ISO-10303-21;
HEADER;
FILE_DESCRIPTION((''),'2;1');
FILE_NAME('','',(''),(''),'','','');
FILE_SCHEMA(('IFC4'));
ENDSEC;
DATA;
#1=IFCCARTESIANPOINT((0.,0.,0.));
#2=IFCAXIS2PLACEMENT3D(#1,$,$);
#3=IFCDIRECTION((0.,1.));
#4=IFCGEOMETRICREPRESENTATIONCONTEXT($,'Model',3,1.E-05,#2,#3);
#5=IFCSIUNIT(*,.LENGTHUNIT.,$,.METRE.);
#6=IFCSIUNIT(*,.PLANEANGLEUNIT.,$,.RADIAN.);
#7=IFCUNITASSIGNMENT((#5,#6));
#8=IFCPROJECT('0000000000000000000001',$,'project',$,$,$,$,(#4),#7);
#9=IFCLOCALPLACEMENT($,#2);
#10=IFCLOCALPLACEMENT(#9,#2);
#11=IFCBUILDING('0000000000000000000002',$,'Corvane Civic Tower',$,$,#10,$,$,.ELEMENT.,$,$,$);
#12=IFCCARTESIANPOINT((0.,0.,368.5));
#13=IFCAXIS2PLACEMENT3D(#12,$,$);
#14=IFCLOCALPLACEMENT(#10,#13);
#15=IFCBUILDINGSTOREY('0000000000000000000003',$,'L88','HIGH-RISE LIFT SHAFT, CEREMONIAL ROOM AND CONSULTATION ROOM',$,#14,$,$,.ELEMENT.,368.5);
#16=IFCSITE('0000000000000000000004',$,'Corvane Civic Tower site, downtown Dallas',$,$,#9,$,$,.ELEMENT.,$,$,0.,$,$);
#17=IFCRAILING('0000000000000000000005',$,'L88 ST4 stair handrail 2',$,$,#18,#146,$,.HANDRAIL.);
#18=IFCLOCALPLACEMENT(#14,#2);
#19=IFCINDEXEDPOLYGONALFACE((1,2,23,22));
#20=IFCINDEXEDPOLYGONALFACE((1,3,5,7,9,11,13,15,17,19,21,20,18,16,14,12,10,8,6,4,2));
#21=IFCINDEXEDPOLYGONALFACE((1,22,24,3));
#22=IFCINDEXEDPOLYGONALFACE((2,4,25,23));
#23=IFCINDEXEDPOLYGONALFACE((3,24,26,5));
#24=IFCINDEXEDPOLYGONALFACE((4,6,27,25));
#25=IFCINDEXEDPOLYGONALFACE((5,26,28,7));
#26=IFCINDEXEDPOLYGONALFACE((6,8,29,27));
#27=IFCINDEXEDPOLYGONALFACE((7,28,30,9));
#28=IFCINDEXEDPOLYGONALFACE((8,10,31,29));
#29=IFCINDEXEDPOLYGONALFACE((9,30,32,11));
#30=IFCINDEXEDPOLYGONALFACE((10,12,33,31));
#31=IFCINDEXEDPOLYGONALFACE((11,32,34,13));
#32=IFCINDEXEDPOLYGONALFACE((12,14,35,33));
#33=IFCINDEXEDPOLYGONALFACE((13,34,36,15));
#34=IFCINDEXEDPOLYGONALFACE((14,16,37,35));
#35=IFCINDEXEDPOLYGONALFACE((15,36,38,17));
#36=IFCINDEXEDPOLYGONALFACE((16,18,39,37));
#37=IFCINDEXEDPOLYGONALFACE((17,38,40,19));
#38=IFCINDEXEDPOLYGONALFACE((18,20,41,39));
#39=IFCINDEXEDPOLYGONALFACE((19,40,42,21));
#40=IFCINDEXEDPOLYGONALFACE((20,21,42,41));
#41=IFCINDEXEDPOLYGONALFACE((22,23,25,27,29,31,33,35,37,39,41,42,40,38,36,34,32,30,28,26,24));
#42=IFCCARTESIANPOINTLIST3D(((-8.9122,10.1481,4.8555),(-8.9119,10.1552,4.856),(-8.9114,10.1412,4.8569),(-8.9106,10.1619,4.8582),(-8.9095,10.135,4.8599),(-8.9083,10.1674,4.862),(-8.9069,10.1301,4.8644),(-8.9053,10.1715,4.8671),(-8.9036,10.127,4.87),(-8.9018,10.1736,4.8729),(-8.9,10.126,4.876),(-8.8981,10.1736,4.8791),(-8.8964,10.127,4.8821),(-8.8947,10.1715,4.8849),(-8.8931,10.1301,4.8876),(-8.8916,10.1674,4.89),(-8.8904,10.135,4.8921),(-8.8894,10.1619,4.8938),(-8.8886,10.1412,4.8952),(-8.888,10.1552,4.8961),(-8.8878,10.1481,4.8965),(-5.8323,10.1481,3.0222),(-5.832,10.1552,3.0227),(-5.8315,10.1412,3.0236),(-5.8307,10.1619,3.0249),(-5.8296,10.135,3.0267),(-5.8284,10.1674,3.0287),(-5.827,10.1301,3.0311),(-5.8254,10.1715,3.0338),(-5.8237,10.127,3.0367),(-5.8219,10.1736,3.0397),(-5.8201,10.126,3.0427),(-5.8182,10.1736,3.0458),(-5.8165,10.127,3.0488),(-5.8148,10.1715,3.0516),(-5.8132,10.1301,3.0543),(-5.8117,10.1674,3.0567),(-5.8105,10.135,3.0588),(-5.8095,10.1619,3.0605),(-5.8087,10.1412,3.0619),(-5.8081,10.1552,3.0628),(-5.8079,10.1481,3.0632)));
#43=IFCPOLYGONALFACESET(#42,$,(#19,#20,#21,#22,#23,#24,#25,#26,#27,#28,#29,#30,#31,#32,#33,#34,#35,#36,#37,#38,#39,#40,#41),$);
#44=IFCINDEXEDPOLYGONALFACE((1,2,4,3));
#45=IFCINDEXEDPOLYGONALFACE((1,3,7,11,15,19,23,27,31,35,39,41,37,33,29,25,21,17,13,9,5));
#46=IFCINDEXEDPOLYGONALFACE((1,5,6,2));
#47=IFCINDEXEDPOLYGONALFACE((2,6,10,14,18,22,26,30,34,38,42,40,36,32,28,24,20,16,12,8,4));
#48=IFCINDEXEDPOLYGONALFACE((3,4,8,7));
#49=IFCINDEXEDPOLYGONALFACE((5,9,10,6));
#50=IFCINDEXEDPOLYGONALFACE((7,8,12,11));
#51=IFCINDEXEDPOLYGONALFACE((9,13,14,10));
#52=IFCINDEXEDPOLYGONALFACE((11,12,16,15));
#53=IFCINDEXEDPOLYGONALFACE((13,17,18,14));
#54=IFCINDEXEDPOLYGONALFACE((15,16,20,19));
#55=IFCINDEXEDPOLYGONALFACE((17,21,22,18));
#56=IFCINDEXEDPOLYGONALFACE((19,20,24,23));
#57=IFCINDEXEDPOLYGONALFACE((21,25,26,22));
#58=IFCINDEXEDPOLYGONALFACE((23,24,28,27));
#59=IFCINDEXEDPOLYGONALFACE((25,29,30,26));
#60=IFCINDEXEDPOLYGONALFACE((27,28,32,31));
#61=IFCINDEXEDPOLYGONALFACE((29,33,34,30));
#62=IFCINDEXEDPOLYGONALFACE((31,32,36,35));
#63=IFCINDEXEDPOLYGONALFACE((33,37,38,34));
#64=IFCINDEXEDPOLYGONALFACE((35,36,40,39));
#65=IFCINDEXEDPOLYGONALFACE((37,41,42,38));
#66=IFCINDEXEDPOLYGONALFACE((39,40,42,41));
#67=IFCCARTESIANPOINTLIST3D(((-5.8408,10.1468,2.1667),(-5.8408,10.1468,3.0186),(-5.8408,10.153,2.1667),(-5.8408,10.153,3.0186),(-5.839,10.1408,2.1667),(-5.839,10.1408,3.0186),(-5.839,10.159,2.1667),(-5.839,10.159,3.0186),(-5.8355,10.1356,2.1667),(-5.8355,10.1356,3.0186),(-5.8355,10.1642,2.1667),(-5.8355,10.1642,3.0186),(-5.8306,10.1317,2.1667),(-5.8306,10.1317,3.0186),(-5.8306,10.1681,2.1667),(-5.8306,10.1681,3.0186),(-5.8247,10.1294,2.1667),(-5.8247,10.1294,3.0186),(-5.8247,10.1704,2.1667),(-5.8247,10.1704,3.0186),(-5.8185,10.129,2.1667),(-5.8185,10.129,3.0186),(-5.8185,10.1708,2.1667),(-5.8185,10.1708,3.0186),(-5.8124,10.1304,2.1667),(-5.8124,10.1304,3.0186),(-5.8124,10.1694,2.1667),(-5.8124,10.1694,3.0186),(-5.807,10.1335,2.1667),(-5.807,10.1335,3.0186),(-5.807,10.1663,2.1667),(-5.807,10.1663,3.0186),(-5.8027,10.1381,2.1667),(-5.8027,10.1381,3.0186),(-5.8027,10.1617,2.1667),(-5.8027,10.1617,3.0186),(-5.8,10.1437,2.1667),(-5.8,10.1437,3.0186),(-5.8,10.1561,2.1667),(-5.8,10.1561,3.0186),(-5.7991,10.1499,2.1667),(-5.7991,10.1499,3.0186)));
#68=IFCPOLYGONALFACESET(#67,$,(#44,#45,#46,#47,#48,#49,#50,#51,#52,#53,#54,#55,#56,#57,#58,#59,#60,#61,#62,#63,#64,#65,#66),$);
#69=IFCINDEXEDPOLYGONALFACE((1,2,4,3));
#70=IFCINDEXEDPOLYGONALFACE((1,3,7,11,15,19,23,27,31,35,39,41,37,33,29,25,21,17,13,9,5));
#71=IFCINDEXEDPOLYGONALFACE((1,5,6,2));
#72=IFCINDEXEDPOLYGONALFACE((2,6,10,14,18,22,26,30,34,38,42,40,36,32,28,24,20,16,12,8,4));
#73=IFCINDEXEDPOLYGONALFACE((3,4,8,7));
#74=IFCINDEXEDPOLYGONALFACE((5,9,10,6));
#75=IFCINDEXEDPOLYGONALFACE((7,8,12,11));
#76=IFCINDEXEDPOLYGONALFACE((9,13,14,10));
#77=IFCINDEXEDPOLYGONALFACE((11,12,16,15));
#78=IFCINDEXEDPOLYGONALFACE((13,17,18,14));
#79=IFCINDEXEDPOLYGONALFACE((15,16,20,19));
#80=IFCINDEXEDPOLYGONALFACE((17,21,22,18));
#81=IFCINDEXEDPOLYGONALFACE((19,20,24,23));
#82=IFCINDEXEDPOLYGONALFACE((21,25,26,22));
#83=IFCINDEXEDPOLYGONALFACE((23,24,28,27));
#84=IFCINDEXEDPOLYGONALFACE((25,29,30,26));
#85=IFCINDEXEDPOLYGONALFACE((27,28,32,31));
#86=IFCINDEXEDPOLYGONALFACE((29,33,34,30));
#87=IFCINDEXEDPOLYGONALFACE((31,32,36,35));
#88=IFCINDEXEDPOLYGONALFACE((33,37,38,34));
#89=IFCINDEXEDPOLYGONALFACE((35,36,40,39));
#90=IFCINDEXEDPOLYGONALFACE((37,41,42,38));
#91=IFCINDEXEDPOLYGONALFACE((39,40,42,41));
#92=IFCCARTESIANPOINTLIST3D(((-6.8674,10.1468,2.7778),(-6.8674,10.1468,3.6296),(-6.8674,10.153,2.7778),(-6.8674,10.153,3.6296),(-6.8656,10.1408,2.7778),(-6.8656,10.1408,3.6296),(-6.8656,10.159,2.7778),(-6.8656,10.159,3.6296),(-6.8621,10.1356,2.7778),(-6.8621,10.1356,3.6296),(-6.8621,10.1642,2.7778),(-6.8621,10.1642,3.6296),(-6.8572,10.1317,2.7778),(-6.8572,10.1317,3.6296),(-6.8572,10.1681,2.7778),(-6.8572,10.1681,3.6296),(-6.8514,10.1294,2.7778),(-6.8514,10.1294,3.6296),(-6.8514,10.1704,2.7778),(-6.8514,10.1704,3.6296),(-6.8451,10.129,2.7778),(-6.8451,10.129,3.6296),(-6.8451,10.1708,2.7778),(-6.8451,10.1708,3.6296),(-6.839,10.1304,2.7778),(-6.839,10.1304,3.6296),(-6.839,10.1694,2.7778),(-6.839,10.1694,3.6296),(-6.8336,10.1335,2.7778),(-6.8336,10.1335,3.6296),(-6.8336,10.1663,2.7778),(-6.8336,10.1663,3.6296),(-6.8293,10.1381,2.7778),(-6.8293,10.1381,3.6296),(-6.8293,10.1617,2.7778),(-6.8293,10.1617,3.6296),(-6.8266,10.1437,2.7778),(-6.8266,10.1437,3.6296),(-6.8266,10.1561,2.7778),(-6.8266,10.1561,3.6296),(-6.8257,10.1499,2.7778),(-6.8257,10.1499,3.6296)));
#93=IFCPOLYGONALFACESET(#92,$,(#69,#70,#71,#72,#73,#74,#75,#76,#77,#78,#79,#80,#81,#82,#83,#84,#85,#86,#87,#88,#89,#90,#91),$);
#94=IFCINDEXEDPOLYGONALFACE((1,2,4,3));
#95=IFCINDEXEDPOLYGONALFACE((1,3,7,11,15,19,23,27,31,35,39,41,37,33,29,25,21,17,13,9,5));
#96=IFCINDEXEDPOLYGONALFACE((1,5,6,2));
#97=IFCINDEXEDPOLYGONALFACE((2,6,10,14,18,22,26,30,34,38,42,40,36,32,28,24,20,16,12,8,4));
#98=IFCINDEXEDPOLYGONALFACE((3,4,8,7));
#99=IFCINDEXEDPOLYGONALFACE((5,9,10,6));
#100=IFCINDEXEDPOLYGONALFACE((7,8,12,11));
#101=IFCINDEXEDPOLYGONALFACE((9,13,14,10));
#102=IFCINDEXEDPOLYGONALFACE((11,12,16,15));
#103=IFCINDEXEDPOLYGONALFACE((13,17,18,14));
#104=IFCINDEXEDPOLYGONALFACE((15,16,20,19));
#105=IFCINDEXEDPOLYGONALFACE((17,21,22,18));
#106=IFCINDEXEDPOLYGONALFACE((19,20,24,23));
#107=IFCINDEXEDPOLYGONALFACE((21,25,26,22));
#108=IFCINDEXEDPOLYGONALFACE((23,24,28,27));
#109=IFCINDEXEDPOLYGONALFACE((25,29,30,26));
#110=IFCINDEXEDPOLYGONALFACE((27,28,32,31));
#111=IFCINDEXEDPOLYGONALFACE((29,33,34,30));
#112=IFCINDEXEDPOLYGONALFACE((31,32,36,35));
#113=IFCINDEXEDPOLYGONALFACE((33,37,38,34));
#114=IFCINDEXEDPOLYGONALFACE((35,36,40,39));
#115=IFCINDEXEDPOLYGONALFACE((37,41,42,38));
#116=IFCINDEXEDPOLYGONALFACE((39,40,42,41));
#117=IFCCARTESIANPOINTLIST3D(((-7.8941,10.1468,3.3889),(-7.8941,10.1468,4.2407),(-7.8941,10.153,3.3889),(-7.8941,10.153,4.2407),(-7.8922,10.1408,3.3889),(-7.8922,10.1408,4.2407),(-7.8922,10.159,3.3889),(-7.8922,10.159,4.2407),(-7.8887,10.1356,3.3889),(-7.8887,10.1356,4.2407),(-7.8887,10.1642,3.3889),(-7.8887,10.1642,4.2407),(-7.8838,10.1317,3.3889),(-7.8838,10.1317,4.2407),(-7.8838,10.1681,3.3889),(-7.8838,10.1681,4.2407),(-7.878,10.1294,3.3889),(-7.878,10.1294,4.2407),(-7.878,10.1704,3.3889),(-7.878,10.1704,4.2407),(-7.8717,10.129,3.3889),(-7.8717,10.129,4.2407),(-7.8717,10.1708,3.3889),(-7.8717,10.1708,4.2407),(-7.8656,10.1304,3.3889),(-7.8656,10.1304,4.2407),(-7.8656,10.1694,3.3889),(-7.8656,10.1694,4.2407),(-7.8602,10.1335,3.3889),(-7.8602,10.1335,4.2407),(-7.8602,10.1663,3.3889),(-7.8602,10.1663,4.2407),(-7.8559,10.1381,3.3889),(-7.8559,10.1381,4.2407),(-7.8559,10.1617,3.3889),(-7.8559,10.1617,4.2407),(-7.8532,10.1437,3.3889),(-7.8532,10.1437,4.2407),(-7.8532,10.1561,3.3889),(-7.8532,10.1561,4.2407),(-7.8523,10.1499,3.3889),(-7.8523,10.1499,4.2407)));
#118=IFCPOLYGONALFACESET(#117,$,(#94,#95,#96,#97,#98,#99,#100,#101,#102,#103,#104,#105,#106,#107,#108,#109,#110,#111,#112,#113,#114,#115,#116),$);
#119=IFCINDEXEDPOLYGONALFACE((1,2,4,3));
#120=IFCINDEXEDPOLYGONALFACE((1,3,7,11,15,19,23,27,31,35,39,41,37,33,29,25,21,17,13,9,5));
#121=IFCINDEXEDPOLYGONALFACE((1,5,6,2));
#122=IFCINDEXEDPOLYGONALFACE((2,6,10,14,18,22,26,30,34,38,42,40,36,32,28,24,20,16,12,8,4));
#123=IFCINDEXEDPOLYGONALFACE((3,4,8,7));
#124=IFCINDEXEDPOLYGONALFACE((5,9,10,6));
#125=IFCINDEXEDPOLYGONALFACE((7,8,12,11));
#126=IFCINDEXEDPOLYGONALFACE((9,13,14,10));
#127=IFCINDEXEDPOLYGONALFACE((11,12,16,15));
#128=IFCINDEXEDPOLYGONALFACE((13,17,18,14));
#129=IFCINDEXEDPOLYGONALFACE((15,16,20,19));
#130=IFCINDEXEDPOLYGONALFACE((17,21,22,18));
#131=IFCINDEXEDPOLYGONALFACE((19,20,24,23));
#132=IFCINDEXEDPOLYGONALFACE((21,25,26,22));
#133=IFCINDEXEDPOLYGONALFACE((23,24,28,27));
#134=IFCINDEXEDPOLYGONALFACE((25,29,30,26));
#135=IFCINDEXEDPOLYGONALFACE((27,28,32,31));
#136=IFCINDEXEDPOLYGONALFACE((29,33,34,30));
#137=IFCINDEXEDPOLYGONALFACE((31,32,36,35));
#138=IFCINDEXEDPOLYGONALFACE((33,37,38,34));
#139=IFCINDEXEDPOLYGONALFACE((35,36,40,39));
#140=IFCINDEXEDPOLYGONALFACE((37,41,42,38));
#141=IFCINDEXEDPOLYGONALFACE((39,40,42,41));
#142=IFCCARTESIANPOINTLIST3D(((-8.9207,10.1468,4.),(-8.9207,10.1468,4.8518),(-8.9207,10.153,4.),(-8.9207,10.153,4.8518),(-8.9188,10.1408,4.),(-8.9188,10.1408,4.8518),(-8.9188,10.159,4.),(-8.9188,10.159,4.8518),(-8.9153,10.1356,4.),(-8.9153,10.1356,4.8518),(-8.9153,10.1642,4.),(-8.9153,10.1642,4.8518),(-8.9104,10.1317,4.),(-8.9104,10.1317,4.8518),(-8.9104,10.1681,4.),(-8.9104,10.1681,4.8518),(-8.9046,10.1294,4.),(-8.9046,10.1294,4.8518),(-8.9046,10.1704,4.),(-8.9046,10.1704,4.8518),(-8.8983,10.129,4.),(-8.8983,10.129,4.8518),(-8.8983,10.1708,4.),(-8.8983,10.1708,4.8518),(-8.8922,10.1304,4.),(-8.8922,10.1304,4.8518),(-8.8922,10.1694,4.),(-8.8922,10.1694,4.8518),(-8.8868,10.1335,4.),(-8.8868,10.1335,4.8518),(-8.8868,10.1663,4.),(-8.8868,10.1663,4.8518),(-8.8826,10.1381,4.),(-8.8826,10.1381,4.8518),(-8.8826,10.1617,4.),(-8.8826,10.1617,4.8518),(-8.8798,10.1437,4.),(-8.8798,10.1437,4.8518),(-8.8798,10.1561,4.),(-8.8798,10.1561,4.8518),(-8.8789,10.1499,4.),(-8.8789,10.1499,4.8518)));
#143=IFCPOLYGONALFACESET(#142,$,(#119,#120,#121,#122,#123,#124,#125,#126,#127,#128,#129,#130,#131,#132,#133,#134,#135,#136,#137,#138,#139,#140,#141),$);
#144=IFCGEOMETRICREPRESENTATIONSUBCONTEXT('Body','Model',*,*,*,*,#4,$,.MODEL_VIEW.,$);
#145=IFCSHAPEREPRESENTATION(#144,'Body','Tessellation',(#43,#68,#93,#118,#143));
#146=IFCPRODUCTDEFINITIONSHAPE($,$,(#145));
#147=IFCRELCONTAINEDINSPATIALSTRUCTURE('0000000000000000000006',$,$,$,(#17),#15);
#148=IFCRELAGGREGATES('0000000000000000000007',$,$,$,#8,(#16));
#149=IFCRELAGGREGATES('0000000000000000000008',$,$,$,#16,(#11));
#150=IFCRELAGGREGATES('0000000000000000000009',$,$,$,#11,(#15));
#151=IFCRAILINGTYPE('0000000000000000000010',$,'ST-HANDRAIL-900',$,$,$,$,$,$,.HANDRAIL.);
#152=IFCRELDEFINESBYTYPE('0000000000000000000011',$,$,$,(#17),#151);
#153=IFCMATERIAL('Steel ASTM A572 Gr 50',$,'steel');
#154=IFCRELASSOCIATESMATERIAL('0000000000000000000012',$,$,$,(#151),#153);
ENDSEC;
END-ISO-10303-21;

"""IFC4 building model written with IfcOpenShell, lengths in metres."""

from ifc_helpers import new_model, si_unit, direction, frame, origin, origin_2d, place, context, subcontext, project, spatial, circle, extrude, material, type_object, element, save


model = new_model("IFC4")

# Units and contexts
model_context = context("Model", 3, precision=1e-05, world=origin(), true_north=direction((0.0, 1.0)))
body_context = subcontext(model_context, "Body", "Model", "MODEL_VIEW")
ifc_project = project(units=[si_unit("LENGTHUNIT", "METRE"), si_unit("PLANEANGLEUNIT", "RADIAN")], contexts=[model_context])

# Site, building, storey
site_placement = place(None, origin())
site = spatial("IfcSite", under=ifc_project, at=site_placement, Name="Corvane Civic Tower site, downtown Dallas", CompositionType="ELEMENT", RefElevation=0.0)
building_placement = place(site_placement, origin())
building = spatial("IfcBuilding", under=site, at=building_placement, Name="Corvane Civic Tower", CompositionType="ELEMENT")
storey_placement = place(building_placement, frame((0.0, 0.0, 368.5)))
storey = spatial("IfcBuildingStorey", under=building, at=storey_placement, Name="L88", Description="HIGH-RISE LIFT SHAFT, CEREMONIAL ROOM AND CONSULTATION ROOM", CompositionType="ELEMENT", Elevation=368.5)

# Railing
ifc_material_1 = material(Name="Steel ASTM A572 Gr 50", Category="steel")
railing_type_1 = type_object("IfcRailingType", Name="ST-HANDRAIL-900", PredefinedType="HANDRAIL", material=ifc_material_1)
railing_1_placement = place(storey_placement, frame((-5.8201, 10.1499, 2.1667)))
element("IfcRailing", 1, at=railing_1_placement, inside=storey, type_object=railing_type_1, Name="L88 ST4 stair handrail 2", PredefinedType="HANDRAIL", context=body_context, shape_type="SweptSolid", body=[
    extrude(circle(Radius=0.0239, at=origin_2d()), frame((0.0, 0.0, 0.876), z_axis=(-0.859291, 0.0, 0.511487), x_axis=(0.0, -1.0, 0.0)), (0.0, 0.0, 1.0), 3.5842),
    extrude(circle(Radius=0.021, at=origin_2d()), origin(), (0.0, 0.0, 1.0), 0.8518),
    extrude(circle(Radius=0.021, at=origin_2d()), frame((-1.0266, 0.0, 0.6111)), (0.0, 0.0, 1.0), 0.8518),
    extrude(circle(Radius=0.021, at=origin_2d()), frame((-2.0532, 0.0, 1.2222)), (0.0, 0.0, 1.0), 0.8518),
    extrude(circle(Radius=0.021, at=origin_2d()), frame((-3.0798, 0.0, 1.8333)), (0.0, 0.0, 1.0), 0.8518),
])

save(model, "model.ifc")
